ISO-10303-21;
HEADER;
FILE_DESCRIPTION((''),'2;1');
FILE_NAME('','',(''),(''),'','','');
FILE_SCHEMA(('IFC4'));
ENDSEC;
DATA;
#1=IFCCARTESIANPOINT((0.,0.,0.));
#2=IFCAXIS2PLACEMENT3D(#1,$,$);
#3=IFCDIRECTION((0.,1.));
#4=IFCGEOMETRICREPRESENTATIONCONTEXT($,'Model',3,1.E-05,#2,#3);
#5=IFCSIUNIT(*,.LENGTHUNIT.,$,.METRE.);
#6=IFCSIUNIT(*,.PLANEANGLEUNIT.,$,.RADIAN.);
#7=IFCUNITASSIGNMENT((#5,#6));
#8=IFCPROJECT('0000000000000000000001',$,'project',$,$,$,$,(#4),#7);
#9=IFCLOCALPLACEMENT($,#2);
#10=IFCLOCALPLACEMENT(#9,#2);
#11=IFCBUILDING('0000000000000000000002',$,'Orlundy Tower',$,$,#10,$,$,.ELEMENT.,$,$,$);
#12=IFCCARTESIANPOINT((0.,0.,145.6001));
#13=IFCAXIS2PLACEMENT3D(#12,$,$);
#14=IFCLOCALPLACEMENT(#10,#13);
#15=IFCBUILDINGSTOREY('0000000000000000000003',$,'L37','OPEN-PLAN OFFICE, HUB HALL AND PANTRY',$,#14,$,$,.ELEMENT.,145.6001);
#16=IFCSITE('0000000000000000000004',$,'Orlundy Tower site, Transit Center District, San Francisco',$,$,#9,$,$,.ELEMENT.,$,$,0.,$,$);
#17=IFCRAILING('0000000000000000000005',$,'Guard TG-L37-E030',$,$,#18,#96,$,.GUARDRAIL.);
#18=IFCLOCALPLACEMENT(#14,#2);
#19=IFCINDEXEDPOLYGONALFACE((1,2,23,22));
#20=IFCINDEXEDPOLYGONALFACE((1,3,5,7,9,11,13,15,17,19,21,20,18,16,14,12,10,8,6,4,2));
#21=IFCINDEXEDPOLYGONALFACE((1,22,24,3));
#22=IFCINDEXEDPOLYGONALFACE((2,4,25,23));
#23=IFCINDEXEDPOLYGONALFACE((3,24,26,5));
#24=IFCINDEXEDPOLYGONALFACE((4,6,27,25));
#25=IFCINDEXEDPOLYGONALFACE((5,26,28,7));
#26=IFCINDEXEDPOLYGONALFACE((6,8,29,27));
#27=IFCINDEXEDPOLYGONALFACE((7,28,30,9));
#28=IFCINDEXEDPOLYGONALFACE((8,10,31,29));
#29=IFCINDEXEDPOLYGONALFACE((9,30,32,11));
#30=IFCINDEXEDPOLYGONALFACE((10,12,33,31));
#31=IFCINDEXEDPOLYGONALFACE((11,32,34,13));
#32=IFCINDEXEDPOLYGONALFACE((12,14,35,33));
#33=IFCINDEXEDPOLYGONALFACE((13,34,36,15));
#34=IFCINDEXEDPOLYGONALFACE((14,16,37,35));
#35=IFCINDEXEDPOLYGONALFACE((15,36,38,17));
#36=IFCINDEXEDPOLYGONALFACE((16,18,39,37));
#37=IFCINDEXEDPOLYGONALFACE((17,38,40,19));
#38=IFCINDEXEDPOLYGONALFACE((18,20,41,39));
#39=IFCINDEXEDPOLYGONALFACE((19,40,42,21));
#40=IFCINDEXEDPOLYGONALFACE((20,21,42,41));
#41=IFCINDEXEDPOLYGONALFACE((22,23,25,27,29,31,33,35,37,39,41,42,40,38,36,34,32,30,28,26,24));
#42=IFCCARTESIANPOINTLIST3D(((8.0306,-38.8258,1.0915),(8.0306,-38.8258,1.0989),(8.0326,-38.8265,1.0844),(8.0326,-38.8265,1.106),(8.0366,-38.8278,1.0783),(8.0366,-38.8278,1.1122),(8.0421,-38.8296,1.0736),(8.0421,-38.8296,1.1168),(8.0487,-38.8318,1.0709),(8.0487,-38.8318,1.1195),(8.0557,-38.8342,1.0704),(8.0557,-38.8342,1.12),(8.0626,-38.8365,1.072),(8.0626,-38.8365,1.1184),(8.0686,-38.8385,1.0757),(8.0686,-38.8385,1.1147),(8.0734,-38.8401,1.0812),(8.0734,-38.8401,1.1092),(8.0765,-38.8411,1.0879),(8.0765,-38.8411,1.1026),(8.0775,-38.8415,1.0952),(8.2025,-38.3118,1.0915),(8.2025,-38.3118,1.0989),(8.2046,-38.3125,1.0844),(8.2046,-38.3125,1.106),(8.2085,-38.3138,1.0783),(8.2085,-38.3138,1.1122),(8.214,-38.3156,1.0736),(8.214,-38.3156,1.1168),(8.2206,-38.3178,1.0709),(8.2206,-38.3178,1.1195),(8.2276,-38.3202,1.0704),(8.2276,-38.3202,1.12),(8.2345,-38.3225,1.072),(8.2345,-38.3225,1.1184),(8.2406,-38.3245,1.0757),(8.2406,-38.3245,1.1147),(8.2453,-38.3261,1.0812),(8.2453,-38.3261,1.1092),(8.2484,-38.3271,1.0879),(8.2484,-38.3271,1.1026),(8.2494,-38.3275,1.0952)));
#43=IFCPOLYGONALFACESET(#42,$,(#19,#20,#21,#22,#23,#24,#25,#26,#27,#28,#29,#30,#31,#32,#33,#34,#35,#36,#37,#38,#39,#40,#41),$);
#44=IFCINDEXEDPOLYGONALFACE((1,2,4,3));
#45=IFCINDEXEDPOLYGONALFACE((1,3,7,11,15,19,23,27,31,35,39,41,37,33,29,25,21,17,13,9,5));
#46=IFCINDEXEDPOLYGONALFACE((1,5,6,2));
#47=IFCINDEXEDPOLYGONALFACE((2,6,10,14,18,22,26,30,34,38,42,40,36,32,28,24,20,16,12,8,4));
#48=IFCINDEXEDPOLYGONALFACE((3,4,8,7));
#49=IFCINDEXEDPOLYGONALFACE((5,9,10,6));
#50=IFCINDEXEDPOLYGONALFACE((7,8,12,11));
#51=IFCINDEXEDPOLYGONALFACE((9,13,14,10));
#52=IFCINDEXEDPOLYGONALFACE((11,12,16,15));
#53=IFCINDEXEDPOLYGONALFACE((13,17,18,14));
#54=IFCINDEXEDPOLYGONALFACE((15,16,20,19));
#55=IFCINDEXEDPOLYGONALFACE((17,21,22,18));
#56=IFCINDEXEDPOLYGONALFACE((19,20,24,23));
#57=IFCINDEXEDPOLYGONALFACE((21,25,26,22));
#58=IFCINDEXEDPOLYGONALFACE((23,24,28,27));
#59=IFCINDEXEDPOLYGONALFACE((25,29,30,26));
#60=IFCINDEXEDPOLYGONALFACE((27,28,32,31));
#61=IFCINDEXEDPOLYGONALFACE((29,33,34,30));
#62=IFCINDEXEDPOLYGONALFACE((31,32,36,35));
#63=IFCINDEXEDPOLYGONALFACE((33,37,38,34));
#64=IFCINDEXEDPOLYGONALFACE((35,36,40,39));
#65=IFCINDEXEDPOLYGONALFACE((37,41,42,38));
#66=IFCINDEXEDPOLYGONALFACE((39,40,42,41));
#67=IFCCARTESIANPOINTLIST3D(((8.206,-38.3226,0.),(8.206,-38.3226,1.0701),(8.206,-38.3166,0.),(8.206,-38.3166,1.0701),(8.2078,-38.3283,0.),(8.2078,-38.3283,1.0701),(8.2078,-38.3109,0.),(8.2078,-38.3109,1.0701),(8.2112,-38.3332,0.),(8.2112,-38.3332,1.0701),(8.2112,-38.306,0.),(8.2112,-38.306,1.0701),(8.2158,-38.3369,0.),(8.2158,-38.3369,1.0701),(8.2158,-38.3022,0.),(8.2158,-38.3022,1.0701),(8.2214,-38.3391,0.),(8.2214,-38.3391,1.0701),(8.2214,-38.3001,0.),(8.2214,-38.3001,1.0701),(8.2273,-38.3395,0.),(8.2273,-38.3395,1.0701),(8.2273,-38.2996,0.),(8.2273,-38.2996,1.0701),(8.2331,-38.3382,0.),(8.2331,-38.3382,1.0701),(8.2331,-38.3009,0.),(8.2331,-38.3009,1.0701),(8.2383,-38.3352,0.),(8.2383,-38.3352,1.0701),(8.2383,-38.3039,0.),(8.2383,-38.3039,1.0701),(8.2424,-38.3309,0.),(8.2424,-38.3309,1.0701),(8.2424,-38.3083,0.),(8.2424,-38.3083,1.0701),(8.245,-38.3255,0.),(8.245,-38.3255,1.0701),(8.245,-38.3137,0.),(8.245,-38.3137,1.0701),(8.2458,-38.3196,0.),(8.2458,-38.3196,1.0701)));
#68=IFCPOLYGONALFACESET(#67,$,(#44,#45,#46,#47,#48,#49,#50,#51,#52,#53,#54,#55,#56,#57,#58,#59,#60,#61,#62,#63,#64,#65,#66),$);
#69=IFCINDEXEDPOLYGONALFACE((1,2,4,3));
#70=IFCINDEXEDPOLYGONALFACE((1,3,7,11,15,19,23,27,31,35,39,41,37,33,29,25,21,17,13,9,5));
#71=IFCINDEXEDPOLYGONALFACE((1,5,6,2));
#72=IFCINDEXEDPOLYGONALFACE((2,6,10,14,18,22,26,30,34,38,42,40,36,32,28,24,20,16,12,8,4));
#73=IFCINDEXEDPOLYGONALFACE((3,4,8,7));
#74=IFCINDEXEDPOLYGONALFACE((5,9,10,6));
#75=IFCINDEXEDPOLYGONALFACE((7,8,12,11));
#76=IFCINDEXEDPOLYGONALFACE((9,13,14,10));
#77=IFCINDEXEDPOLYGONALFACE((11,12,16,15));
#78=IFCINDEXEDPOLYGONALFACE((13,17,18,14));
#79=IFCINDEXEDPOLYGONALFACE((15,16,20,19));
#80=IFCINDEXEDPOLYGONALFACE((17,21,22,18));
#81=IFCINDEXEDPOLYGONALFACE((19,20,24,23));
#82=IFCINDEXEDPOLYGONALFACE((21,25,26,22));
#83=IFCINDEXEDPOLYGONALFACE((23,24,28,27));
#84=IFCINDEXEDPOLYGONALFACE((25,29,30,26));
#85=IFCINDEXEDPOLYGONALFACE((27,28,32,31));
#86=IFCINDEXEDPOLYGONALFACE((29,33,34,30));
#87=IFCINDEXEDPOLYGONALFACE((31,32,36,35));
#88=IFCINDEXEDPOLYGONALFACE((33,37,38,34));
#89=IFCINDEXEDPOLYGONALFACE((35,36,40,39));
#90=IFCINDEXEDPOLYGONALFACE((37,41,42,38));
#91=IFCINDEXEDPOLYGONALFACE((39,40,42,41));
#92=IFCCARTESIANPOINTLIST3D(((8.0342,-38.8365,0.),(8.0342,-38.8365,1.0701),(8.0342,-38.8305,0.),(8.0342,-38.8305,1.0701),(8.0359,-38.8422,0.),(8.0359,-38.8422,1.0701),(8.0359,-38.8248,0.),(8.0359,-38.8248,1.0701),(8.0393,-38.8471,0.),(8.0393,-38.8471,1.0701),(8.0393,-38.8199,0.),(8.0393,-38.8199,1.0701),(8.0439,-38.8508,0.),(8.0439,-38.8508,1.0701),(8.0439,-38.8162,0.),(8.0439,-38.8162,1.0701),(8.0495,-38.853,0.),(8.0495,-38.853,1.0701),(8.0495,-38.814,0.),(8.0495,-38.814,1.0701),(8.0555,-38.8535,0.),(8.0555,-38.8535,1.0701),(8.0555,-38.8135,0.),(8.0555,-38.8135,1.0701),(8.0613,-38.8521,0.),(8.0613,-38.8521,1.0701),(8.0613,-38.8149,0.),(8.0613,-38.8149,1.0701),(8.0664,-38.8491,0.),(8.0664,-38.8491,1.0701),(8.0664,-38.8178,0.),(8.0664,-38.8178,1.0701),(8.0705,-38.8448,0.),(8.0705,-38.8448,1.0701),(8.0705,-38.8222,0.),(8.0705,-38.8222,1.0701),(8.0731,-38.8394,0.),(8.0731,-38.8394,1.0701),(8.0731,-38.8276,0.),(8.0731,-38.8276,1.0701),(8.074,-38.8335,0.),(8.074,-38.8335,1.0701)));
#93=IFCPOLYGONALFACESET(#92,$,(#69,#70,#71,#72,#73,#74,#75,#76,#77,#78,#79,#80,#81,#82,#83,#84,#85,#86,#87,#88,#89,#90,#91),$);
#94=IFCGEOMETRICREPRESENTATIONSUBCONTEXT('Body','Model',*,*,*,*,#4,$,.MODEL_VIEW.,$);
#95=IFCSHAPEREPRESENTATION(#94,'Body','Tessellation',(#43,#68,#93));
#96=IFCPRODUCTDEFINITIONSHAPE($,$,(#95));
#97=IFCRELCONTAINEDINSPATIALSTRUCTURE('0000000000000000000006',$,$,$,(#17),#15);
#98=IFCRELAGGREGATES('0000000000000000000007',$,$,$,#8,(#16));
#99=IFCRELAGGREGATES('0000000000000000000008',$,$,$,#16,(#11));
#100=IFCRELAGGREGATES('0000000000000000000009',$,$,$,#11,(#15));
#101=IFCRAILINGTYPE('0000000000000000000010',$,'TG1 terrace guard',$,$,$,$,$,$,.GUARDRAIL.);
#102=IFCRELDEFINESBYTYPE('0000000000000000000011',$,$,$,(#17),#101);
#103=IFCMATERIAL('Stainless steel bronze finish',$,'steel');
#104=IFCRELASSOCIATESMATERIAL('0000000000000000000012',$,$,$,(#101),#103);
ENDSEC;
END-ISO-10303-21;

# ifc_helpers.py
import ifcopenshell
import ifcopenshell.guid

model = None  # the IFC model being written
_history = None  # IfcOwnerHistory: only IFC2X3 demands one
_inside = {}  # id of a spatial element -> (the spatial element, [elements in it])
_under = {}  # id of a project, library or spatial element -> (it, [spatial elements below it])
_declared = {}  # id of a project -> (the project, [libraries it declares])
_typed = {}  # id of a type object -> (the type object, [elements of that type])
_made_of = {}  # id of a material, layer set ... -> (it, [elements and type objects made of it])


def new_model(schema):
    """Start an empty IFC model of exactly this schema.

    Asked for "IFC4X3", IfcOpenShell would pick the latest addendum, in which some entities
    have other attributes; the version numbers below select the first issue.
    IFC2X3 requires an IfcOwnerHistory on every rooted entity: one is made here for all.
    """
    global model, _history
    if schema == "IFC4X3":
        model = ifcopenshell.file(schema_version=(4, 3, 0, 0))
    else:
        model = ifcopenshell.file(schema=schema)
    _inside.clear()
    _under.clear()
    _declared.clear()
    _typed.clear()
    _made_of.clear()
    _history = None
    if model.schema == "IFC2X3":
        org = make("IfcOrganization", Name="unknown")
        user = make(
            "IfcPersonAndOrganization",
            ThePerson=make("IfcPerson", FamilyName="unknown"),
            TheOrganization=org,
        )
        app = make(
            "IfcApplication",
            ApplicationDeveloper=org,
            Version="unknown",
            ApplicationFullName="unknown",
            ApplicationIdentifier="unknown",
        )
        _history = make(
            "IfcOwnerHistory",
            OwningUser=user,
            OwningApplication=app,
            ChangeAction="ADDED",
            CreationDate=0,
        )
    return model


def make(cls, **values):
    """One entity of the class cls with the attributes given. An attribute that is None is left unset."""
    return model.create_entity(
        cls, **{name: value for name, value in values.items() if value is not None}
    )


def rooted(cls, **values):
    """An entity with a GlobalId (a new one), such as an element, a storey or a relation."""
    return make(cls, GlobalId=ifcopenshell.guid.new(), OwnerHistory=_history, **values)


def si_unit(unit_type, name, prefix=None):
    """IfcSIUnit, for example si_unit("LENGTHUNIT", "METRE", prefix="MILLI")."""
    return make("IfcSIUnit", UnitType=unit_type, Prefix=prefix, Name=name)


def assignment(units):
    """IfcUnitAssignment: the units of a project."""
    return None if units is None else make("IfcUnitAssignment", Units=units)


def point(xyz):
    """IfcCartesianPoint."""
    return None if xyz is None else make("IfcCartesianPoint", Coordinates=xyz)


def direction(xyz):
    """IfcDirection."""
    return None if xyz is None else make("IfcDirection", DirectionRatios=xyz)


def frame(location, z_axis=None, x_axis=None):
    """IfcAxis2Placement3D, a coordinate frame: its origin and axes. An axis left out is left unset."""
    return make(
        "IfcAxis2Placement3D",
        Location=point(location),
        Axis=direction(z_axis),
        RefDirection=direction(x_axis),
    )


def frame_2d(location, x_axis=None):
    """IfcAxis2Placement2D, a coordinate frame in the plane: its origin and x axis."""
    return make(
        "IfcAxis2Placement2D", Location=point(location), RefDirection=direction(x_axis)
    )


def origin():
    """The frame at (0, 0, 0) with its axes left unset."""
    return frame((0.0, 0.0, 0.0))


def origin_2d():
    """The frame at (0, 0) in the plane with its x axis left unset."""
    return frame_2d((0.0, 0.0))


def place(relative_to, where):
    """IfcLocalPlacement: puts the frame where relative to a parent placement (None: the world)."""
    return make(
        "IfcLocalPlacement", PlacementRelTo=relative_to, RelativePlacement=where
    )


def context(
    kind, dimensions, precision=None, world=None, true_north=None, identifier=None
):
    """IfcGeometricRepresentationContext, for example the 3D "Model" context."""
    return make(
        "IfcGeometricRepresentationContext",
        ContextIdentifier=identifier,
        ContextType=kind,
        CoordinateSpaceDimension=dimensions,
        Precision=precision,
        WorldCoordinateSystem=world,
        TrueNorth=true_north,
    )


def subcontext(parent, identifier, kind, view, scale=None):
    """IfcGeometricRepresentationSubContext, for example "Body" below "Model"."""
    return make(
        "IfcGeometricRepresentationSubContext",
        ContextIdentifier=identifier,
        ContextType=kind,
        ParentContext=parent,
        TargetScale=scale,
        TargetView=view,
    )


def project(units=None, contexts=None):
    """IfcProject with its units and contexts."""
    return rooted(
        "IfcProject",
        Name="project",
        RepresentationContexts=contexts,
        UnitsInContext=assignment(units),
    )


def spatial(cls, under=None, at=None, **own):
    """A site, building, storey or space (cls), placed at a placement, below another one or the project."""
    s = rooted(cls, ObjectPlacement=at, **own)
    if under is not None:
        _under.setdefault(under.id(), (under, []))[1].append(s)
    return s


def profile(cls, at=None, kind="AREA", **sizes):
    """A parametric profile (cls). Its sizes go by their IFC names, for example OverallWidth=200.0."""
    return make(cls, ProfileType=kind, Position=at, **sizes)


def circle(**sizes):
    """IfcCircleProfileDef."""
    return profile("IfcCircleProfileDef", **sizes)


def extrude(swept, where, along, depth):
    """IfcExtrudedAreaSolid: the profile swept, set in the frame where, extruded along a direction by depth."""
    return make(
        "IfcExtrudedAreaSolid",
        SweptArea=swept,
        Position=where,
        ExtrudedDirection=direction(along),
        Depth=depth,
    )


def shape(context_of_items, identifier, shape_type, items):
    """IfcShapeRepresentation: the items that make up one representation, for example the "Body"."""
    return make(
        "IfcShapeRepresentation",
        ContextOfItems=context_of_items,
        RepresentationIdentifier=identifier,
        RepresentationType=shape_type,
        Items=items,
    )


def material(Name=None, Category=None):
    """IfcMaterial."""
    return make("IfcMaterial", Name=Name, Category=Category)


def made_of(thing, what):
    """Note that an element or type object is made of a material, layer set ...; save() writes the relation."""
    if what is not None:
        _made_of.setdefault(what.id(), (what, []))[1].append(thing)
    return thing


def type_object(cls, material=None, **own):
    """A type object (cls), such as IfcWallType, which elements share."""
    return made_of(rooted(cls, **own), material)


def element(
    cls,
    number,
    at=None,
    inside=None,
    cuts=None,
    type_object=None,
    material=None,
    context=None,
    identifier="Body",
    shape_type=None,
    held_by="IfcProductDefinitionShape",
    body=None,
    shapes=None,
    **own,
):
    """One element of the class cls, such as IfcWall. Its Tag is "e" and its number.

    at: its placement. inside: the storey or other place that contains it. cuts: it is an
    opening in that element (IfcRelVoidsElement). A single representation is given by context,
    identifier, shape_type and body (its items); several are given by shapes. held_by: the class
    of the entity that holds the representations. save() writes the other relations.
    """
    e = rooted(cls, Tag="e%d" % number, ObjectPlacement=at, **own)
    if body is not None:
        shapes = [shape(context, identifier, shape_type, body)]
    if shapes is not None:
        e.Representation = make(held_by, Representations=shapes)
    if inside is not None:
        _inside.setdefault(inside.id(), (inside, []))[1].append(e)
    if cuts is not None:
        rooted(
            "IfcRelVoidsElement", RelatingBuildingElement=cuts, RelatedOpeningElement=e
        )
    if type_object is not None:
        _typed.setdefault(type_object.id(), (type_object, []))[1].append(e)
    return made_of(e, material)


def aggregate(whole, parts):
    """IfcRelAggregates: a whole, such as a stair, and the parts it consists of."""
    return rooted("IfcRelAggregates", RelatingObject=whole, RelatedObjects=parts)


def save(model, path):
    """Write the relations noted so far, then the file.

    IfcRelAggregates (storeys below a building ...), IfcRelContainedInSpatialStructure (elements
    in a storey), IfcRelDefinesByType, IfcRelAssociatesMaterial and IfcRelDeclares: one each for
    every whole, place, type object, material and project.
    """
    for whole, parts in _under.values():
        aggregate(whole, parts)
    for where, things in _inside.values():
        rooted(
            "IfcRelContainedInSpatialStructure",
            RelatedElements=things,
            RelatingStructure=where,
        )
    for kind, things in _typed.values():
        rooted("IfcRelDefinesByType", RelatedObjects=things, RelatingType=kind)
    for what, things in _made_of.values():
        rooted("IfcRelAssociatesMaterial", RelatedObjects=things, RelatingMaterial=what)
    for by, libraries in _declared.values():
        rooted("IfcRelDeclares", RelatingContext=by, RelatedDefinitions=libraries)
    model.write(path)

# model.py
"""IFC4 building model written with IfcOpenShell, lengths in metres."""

from ifc_helpers import new_model, si_unit, direction, frame, origin, origin_2d, place, context, subcontext, project, spatial, circle, extrude, material, type_object, element, save


model = new_model("IFC4")

# Units and contexts
model_context = context("Model", 3, precision=1e-05, world=origin(), true_north=direction((0.0, 1.0)))
body_context = subcontext(model_context, "Body", "Model", "MODEL_VIEW")
ifc_project = project(units=[si_unit("LENGTHUNIT", "METRE"), si_unit("PLANEANGLEUNIT", "RADIAN")], contexts=[model_context])

# Site, building, storey
site_placement = place(None, origin())
site = spatial("IfcSite", under=ifc_project, at=site_placement, Name="Orlundy Tower site, Transit Center District, San Francisco", CompositionType="ELEMENT", RefElevation=0.0)
building_placement = place(site_placement, origin())
building = spatial("IfcBuilding", under=site, at=building_placement, Name="Orlundy Tower", CompositionType="ELEMENT")
storey_placement = place(building_placement, frame((0.0, 0.0, 145.6001)))
storey = spatial("IfcBuildingStorey", under=building, at=storey_placement, Name="L37", Description="OPEN-PLAN OFFICE, HUB HALL AND PANTRY", CompositionType="ELEMENT", Elevation=145.6001)

# Railing
ifc_material_1 = material(Name="Stainless steel bronze finish", Category="steel")
railing_type = type_object("IfcRailingType", Name="TG1 terrace guard", PredefinedType="GUARDRAIL", material=ifc_material_1)
railing_1_placement = place(storey_placement, frame((8.2258, -38.3196, 0.0)))
element("IfcRailing", 1, at=railing_1_placement, inside=storey, type_object=railing_type, Name="Guard TG-L37-E030", PredefinedType="GUARDRAIL", context=body_context, shape_type="SweptSolid", body=[
    extrude(circle(Radius=0.0249, at=origin_2d()), frame((0.0, 0.0, 1.0952), z_axis=(-0.317174, -0.948367, 0.0), x_axis=(0.948367, -0.317174, 0.0)), (0.0, 0.0, 1.0), 0.542),
    extrude(circle(Radius=0.02, at=origin_2d()), origin(), (0.0, 0.0, 1.0), 1.0701),
    extrude(circle(Radius=0.02, at=origin_2d()), frame((-0.1719, -0.5139, 0.0)), (0.0, 0.0, 1.0), 1.0701),
])

save(model, "model.ifc")
